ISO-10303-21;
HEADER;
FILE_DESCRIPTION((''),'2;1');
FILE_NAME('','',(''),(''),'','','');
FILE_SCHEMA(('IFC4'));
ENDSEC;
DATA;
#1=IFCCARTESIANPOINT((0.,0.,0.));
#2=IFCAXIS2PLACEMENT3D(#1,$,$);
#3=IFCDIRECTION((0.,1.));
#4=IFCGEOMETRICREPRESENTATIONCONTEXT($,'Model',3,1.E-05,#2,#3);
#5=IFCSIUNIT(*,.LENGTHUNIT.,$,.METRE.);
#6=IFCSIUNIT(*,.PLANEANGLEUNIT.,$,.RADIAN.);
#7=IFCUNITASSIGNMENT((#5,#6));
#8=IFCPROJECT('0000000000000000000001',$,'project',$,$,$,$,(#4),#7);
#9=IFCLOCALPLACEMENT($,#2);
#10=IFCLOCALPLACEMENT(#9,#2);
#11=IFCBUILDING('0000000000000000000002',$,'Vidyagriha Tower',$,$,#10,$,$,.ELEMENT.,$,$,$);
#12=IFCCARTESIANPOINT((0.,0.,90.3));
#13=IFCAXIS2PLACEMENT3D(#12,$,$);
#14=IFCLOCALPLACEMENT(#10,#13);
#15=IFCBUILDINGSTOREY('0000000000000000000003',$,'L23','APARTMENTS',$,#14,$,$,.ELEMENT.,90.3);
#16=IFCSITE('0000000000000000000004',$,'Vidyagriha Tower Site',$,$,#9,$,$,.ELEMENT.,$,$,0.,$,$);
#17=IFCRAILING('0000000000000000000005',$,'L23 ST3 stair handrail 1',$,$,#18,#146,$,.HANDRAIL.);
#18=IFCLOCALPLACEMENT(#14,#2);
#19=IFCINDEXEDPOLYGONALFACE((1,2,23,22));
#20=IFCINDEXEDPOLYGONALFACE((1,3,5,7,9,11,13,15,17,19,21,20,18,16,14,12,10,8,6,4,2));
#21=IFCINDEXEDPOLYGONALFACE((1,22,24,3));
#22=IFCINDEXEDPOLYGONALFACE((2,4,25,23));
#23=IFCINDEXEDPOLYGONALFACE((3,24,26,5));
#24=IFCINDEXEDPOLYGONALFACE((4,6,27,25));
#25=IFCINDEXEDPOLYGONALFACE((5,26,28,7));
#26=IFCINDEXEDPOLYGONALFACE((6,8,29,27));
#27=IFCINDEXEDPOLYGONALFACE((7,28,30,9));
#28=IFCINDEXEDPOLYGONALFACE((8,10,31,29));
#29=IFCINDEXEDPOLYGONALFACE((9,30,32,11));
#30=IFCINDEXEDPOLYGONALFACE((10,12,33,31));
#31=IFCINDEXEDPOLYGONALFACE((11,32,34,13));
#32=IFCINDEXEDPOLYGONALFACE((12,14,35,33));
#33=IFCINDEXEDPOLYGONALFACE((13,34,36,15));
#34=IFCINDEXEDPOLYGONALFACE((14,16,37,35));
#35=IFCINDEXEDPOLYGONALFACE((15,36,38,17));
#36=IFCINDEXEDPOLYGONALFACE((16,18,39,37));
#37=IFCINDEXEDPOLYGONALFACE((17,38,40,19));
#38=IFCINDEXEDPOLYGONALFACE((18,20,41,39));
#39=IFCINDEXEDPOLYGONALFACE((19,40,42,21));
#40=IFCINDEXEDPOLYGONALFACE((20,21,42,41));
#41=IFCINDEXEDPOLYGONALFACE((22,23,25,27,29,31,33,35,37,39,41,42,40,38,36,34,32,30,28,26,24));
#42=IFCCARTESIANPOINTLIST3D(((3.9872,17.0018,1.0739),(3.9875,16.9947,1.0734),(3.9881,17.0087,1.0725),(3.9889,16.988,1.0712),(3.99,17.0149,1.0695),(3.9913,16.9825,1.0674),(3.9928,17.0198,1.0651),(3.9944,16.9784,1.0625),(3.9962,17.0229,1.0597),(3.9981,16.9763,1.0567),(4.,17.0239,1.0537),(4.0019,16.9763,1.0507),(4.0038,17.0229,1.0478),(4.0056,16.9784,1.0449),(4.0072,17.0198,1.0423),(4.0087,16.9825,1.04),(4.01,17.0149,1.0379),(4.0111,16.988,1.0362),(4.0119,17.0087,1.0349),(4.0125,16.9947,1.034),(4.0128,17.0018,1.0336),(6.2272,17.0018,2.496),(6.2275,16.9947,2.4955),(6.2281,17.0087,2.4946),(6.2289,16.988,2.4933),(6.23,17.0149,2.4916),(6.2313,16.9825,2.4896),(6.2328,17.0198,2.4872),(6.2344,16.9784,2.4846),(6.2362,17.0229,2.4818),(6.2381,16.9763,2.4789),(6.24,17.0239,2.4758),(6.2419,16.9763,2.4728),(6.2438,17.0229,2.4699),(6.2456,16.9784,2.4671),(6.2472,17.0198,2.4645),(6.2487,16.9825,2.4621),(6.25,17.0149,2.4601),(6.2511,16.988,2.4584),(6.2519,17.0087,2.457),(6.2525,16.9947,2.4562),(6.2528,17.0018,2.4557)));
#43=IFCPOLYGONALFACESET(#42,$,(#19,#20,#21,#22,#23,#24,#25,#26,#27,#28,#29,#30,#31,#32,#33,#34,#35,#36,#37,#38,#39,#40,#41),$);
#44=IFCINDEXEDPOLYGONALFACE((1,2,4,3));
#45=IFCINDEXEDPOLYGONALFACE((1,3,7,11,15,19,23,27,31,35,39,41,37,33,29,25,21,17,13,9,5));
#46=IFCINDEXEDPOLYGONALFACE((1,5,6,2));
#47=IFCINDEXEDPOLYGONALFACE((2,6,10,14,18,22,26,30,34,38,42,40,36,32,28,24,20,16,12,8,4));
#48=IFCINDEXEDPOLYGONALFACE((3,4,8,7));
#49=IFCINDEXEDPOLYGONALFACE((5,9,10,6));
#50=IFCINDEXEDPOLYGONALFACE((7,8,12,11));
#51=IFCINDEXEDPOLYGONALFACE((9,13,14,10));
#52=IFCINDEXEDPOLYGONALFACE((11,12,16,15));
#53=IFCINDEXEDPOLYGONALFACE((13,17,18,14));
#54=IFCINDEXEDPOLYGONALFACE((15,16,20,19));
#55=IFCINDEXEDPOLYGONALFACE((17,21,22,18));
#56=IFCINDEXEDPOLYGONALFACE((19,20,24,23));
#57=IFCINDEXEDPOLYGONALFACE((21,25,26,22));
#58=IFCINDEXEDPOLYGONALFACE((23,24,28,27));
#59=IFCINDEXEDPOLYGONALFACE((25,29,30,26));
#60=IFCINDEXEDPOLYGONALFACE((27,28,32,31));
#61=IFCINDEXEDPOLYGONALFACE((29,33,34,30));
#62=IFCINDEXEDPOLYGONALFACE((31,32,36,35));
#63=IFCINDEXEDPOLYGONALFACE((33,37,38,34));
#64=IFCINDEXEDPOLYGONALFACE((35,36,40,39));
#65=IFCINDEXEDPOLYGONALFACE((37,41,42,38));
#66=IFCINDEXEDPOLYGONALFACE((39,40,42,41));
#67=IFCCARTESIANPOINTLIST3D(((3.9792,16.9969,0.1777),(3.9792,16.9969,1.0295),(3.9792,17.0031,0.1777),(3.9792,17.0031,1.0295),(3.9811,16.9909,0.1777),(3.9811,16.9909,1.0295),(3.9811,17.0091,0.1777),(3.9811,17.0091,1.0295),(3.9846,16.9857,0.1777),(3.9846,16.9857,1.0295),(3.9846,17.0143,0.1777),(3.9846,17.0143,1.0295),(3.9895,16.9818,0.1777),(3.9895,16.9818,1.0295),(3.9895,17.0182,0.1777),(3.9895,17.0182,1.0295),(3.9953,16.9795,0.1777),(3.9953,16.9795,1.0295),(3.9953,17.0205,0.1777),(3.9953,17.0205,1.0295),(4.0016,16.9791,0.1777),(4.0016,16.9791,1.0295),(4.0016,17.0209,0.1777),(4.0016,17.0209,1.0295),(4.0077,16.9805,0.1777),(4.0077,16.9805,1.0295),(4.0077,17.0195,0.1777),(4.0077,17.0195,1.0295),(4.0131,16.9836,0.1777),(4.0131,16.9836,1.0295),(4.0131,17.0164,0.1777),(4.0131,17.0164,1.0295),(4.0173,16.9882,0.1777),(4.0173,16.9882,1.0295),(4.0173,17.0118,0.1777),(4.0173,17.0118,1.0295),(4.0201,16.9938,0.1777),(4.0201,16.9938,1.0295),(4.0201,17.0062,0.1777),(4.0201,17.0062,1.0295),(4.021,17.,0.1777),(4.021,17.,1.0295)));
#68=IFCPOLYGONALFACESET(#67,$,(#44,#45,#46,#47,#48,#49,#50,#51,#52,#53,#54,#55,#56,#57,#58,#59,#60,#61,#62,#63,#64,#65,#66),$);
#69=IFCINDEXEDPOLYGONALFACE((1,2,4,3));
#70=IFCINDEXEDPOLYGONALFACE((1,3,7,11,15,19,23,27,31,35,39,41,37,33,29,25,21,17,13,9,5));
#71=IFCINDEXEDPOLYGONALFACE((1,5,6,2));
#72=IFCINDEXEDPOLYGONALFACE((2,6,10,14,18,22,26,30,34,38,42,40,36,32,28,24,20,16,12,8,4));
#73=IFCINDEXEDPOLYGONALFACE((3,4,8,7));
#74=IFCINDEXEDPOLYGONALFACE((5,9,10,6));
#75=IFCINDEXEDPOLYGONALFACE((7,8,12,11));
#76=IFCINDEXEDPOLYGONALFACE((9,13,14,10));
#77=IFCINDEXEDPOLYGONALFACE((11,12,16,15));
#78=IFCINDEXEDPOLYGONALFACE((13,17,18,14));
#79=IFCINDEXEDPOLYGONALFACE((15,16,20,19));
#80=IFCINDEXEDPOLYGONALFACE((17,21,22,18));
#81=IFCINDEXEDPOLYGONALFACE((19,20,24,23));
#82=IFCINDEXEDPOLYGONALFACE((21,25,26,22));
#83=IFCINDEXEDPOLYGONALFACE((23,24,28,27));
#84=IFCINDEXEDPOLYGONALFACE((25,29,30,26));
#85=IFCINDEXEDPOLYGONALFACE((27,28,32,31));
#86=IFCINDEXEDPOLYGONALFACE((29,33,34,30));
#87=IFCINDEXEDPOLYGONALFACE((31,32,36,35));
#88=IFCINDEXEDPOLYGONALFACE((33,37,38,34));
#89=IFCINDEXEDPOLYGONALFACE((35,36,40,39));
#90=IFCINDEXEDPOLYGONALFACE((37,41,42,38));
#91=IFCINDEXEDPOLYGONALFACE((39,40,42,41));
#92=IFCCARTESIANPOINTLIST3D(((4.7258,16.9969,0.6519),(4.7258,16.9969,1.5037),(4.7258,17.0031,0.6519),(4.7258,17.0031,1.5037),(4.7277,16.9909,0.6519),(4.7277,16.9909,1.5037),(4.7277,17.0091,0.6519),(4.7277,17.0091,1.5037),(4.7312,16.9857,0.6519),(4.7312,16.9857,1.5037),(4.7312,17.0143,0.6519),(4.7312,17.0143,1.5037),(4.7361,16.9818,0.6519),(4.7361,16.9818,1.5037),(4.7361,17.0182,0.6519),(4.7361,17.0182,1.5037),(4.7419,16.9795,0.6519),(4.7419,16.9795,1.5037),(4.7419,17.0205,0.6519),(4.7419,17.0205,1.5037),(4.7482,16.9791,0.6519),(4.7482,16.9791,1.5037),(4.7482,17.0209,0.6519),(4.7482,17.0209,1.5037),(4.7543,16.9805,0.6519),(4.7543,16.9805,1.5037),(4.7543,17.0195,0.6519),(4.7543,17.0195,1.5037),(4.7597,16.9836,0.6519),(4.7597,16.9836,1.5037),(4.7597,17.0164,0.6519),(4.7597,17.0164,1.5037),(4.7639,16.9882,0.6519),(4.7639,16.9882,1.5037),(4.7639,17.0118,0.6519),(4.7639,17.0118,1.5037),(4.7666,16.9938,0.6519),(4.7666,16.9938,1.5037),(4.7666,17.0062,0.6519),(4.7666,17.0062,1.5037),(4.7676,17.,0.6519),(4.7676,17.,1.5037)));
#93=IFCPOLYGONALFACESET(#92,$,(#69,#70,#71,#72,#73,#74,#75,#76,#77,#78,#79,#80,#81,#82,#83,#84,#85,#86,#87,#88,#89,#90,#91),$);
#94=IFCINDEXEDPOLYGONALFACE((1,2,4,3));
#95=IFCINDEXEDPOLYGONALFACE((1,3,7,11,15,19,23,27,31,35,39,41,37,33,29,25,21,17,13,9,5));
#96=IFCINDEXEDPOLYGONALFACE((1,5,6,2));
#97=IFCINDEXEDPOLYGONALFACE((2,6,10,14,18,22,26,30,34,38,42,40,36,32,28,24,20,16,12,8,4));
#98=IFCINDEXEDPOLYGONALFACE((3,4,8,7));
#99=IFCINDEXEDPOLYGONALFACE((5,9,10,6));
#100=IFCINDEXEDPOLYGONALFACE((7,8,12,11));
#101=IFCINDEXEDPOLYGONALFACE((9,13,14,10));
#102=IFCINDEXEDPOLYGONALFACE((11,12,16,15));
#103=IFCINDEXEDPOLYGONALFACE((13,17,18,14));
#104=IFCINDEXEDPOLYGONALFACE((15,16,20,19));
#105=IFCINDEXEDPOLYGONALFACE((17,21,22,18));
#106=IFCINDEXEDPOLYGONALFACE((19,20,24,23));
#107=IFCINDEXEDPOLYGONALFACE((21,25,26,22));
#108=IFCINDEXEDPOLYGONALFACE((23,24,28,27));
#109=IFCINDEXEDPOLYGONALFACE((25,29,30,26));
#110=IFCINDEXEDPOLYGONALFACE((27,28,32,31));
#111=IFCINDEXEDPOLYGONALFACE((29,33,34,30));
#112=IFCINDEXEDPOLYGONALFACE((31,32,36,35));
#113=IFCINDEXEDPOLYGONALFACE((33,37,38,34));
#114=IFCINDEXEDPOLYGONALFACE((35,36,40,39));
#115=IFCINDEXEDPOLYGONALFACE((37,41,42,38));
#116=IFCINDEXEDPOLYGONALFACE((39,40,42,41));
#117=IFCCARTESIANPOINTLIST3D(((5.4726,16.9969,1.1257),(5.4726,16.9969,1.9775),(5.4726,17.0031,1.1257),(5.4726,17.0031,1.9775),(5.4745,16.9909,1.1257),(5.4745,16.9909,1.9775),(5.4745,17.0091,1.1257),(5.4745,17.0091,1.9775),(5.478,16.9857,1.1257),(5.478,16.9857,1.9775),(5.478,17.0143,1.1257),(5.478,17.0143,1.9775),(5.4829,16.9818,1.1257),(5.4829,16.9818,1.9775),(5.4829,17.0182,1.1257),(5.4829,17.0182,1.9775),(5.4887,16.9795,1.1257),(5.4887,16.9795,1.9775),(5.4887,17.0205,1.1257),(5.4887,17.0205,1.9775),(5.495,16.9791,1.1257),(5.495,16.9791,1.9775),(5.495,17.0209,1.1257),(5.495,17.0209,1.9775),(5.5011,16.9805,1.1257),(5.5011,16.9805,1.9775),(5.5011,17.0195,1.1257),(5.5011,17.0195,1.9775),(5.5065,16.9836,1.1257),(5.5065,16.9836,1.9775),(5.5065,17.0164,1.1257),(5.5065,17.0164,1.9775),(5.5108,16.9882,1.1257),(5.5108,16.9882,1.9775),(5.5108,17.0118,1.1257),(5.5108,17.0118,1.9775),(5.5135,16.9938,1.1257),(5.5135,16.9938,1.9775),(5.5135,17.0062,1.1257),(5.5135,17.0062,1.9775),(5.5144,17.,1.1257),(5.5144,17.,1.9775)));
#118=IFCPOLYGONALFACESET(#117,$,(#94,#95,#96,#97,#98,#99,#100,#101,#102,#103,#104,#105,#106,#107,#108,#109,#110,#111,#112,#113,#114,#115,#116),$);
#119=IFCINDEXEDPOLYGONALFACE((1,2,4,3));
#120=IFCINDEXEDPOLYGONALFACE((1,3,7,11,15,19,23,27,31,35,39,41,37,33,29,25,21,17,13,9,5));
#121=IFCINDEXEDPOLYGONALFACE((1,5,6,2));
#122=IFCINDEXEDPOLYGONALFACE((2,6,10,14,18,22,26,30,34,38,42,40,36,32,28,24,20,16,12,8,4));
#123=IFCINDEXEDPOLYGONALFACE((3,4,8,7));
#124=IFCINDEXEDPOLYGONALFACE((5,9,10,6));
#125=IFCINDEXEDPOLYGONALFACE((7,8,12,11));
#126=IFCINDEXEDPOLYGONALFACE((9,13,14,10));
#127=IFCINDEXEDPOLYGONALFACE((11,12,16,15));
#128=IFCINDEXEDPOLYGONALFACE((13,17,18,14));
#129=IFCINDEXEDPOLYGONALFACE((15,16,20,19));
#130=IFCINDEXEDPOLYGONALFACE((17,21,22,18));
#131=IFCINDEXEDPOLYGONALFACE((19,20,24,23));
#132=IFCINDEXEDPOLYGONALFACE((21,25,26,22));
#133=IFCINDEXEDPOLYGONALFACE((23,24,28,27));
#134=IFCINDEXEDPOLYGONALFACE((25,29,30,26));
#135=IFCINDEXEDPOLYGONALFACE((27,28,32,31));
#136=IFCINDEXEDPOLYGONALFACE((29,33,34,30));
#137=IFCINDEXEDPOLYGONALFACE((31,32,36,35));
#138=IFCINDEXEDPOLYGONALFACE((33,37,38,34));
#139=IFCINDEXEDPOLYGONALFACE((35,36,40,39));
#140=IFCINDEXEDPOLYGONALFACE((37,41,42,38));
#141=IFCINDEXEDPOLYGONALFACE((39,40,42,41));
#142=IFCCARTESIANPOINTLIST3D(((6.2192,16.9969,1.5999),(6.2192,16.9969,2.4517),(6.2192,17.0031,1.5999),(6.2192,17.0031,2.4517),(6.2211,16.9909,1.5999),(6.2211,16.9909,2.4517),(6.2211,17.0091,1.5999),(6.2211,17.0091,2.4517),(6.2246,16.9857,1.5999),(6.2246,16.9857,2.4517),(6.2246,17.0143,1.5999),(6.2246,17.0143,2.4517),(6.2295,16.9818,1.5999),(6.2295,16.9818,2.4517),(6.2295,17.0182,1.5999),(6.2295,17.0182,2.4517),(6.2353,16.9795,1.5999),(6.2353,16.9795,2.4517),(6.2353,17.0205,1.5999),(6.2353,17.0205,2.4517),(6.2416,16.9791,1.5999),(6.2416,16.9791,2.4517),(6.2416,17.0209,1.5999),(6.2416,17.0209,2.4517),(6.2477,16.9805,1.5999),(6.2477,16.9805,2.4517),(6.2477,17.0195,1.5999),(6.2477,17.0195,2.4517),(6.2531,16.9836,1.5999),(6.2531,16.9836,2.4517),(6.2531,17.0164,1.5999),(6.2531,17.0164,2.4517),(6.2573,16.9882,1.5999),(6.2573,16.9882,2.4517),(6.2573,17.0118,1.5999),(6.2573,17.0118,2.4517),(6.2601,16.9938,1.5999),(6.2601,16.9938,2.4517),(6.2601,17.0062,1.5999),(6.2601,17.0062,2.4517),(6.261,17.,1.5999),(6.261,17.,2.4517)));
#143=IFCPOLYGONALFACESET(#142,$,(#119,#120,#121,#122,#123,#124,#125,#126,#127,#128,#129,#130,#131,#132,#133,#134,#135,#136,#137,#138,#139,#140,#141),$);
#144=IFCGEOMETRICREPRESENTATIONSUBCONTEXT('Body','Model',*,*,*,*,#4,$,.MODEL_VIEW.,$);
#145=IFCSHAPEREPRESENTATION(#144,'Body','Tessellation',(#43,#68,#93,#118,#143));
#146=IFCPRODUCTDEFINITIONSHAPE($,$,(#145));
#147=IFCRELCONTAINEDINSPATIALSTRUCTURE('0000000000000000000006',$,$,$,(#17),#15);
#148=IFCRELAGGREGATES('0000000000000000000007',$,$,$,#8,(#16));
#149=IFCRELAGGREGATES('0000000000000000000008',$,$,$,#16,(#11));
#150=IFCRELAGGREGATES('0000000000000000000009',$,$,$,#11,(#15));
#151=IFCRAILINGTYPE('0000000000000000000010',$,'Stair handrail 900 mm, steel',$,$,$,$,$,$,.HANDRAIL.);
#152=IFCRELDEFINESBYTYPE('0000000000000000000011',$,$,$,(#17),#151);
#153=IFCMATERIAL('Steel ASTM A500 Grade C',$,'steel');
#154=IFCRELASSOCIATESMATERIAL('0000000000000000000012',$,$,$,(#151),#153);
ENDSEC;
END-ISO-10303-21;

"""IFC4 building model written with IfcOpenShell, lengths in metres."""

from ifc_helpers import new_model, si_unit, direction, frame, origin, origin_2d, place, context, subcontext, project, spatial, circle, extrude, material, type_object, element, save


model = new_model("IFC4")

# Units and contexts
model_context = context("Model", 3, precision=1e-05, world=origin(), true_north=direction((0.0, 1.0)))
body_context = subcontext(model_context, "Body", "Model", "MODEL_VIEW")
ifc_project = project(units=[si_unit("LENGTHUNIT", "METRE"), si_unit("PLANEANGLEUNIT", "RADIAN")], contexts=[model_context])

# Site, building, storey
site_placement = place(None, origin())
site = spatial("IfcSite", under=ifc_project, at=site_placement, Name="Vidyagriha Tower Site", CompositionType="ELEMENT", RefElevation=0.0)
building_placement = place(site_placement, origin())
building = spatial("IfcBuilding", under=site, at=building_placement, Name="Vidyagriha Tower", CompositionType="ELEMENT")
storey_placement = place(building_placement, frame((0.0, 0.0, 90.3)))
storey = spatial("IfcBuildingStorey", under=building, at=storey_placement, Name="L23", Description="APARTMENTS", CompositionType="ELEMENT", Elevation=90.3)

# Railing
ifc_material_1 = material(Name="Steel ASTM A500 Grade C", Category="steel")
railing_type_1 = type_object("IfcRailingType", Name="Stair handrail 900 mm, steel", PredefinedType="HANDRAIL", material=ifc_material_1)
railing_1_placement = place(storey_placement, frame((4.0, 17.0, 0.1777)))
element("IfcRailing", 1, at=railing_1_placement, inside=storey, type_object=railing_type_1, Name="L23 ST3 stair handrail 1", PredefinedType="HANDRAIL", context=body_context, shape_type="SweptSolid", body=[
    extrude(circle(Radius=0.0239, at=origin_2d()), frame((0.0, 0.0, 0.876), z_axis=(0.844229, 0.0, 0.535982), x_axis=(0.0, 1.0, 0.0)), (0.0, 0.0, 1.0), 2.6533),
    extrude(circle(Radius=0.021, at=origin_2d()), origin(), (0.0, 0.0, 1.0), 0.8518),
    extrude(circle(Radius=0.021, at=origin_2d()), frame((0.7466, 0.0, 0.4741)), (0.0, 0.0, 1.0), 0.8518),
    extrude(circle(Radius=0.021, at=origin_2d()), frame((1.4934, 0.0, 0.948)), (0.0, 0.0, 1.0), 0.8518),
    extrude(circle(Radius=0.021, at=origin_2d()), frame((2.24, 0.0, 1.4221)), (0.0, 0.0, 1.0), 0.8518),
])

save(model, "model.ifc")
